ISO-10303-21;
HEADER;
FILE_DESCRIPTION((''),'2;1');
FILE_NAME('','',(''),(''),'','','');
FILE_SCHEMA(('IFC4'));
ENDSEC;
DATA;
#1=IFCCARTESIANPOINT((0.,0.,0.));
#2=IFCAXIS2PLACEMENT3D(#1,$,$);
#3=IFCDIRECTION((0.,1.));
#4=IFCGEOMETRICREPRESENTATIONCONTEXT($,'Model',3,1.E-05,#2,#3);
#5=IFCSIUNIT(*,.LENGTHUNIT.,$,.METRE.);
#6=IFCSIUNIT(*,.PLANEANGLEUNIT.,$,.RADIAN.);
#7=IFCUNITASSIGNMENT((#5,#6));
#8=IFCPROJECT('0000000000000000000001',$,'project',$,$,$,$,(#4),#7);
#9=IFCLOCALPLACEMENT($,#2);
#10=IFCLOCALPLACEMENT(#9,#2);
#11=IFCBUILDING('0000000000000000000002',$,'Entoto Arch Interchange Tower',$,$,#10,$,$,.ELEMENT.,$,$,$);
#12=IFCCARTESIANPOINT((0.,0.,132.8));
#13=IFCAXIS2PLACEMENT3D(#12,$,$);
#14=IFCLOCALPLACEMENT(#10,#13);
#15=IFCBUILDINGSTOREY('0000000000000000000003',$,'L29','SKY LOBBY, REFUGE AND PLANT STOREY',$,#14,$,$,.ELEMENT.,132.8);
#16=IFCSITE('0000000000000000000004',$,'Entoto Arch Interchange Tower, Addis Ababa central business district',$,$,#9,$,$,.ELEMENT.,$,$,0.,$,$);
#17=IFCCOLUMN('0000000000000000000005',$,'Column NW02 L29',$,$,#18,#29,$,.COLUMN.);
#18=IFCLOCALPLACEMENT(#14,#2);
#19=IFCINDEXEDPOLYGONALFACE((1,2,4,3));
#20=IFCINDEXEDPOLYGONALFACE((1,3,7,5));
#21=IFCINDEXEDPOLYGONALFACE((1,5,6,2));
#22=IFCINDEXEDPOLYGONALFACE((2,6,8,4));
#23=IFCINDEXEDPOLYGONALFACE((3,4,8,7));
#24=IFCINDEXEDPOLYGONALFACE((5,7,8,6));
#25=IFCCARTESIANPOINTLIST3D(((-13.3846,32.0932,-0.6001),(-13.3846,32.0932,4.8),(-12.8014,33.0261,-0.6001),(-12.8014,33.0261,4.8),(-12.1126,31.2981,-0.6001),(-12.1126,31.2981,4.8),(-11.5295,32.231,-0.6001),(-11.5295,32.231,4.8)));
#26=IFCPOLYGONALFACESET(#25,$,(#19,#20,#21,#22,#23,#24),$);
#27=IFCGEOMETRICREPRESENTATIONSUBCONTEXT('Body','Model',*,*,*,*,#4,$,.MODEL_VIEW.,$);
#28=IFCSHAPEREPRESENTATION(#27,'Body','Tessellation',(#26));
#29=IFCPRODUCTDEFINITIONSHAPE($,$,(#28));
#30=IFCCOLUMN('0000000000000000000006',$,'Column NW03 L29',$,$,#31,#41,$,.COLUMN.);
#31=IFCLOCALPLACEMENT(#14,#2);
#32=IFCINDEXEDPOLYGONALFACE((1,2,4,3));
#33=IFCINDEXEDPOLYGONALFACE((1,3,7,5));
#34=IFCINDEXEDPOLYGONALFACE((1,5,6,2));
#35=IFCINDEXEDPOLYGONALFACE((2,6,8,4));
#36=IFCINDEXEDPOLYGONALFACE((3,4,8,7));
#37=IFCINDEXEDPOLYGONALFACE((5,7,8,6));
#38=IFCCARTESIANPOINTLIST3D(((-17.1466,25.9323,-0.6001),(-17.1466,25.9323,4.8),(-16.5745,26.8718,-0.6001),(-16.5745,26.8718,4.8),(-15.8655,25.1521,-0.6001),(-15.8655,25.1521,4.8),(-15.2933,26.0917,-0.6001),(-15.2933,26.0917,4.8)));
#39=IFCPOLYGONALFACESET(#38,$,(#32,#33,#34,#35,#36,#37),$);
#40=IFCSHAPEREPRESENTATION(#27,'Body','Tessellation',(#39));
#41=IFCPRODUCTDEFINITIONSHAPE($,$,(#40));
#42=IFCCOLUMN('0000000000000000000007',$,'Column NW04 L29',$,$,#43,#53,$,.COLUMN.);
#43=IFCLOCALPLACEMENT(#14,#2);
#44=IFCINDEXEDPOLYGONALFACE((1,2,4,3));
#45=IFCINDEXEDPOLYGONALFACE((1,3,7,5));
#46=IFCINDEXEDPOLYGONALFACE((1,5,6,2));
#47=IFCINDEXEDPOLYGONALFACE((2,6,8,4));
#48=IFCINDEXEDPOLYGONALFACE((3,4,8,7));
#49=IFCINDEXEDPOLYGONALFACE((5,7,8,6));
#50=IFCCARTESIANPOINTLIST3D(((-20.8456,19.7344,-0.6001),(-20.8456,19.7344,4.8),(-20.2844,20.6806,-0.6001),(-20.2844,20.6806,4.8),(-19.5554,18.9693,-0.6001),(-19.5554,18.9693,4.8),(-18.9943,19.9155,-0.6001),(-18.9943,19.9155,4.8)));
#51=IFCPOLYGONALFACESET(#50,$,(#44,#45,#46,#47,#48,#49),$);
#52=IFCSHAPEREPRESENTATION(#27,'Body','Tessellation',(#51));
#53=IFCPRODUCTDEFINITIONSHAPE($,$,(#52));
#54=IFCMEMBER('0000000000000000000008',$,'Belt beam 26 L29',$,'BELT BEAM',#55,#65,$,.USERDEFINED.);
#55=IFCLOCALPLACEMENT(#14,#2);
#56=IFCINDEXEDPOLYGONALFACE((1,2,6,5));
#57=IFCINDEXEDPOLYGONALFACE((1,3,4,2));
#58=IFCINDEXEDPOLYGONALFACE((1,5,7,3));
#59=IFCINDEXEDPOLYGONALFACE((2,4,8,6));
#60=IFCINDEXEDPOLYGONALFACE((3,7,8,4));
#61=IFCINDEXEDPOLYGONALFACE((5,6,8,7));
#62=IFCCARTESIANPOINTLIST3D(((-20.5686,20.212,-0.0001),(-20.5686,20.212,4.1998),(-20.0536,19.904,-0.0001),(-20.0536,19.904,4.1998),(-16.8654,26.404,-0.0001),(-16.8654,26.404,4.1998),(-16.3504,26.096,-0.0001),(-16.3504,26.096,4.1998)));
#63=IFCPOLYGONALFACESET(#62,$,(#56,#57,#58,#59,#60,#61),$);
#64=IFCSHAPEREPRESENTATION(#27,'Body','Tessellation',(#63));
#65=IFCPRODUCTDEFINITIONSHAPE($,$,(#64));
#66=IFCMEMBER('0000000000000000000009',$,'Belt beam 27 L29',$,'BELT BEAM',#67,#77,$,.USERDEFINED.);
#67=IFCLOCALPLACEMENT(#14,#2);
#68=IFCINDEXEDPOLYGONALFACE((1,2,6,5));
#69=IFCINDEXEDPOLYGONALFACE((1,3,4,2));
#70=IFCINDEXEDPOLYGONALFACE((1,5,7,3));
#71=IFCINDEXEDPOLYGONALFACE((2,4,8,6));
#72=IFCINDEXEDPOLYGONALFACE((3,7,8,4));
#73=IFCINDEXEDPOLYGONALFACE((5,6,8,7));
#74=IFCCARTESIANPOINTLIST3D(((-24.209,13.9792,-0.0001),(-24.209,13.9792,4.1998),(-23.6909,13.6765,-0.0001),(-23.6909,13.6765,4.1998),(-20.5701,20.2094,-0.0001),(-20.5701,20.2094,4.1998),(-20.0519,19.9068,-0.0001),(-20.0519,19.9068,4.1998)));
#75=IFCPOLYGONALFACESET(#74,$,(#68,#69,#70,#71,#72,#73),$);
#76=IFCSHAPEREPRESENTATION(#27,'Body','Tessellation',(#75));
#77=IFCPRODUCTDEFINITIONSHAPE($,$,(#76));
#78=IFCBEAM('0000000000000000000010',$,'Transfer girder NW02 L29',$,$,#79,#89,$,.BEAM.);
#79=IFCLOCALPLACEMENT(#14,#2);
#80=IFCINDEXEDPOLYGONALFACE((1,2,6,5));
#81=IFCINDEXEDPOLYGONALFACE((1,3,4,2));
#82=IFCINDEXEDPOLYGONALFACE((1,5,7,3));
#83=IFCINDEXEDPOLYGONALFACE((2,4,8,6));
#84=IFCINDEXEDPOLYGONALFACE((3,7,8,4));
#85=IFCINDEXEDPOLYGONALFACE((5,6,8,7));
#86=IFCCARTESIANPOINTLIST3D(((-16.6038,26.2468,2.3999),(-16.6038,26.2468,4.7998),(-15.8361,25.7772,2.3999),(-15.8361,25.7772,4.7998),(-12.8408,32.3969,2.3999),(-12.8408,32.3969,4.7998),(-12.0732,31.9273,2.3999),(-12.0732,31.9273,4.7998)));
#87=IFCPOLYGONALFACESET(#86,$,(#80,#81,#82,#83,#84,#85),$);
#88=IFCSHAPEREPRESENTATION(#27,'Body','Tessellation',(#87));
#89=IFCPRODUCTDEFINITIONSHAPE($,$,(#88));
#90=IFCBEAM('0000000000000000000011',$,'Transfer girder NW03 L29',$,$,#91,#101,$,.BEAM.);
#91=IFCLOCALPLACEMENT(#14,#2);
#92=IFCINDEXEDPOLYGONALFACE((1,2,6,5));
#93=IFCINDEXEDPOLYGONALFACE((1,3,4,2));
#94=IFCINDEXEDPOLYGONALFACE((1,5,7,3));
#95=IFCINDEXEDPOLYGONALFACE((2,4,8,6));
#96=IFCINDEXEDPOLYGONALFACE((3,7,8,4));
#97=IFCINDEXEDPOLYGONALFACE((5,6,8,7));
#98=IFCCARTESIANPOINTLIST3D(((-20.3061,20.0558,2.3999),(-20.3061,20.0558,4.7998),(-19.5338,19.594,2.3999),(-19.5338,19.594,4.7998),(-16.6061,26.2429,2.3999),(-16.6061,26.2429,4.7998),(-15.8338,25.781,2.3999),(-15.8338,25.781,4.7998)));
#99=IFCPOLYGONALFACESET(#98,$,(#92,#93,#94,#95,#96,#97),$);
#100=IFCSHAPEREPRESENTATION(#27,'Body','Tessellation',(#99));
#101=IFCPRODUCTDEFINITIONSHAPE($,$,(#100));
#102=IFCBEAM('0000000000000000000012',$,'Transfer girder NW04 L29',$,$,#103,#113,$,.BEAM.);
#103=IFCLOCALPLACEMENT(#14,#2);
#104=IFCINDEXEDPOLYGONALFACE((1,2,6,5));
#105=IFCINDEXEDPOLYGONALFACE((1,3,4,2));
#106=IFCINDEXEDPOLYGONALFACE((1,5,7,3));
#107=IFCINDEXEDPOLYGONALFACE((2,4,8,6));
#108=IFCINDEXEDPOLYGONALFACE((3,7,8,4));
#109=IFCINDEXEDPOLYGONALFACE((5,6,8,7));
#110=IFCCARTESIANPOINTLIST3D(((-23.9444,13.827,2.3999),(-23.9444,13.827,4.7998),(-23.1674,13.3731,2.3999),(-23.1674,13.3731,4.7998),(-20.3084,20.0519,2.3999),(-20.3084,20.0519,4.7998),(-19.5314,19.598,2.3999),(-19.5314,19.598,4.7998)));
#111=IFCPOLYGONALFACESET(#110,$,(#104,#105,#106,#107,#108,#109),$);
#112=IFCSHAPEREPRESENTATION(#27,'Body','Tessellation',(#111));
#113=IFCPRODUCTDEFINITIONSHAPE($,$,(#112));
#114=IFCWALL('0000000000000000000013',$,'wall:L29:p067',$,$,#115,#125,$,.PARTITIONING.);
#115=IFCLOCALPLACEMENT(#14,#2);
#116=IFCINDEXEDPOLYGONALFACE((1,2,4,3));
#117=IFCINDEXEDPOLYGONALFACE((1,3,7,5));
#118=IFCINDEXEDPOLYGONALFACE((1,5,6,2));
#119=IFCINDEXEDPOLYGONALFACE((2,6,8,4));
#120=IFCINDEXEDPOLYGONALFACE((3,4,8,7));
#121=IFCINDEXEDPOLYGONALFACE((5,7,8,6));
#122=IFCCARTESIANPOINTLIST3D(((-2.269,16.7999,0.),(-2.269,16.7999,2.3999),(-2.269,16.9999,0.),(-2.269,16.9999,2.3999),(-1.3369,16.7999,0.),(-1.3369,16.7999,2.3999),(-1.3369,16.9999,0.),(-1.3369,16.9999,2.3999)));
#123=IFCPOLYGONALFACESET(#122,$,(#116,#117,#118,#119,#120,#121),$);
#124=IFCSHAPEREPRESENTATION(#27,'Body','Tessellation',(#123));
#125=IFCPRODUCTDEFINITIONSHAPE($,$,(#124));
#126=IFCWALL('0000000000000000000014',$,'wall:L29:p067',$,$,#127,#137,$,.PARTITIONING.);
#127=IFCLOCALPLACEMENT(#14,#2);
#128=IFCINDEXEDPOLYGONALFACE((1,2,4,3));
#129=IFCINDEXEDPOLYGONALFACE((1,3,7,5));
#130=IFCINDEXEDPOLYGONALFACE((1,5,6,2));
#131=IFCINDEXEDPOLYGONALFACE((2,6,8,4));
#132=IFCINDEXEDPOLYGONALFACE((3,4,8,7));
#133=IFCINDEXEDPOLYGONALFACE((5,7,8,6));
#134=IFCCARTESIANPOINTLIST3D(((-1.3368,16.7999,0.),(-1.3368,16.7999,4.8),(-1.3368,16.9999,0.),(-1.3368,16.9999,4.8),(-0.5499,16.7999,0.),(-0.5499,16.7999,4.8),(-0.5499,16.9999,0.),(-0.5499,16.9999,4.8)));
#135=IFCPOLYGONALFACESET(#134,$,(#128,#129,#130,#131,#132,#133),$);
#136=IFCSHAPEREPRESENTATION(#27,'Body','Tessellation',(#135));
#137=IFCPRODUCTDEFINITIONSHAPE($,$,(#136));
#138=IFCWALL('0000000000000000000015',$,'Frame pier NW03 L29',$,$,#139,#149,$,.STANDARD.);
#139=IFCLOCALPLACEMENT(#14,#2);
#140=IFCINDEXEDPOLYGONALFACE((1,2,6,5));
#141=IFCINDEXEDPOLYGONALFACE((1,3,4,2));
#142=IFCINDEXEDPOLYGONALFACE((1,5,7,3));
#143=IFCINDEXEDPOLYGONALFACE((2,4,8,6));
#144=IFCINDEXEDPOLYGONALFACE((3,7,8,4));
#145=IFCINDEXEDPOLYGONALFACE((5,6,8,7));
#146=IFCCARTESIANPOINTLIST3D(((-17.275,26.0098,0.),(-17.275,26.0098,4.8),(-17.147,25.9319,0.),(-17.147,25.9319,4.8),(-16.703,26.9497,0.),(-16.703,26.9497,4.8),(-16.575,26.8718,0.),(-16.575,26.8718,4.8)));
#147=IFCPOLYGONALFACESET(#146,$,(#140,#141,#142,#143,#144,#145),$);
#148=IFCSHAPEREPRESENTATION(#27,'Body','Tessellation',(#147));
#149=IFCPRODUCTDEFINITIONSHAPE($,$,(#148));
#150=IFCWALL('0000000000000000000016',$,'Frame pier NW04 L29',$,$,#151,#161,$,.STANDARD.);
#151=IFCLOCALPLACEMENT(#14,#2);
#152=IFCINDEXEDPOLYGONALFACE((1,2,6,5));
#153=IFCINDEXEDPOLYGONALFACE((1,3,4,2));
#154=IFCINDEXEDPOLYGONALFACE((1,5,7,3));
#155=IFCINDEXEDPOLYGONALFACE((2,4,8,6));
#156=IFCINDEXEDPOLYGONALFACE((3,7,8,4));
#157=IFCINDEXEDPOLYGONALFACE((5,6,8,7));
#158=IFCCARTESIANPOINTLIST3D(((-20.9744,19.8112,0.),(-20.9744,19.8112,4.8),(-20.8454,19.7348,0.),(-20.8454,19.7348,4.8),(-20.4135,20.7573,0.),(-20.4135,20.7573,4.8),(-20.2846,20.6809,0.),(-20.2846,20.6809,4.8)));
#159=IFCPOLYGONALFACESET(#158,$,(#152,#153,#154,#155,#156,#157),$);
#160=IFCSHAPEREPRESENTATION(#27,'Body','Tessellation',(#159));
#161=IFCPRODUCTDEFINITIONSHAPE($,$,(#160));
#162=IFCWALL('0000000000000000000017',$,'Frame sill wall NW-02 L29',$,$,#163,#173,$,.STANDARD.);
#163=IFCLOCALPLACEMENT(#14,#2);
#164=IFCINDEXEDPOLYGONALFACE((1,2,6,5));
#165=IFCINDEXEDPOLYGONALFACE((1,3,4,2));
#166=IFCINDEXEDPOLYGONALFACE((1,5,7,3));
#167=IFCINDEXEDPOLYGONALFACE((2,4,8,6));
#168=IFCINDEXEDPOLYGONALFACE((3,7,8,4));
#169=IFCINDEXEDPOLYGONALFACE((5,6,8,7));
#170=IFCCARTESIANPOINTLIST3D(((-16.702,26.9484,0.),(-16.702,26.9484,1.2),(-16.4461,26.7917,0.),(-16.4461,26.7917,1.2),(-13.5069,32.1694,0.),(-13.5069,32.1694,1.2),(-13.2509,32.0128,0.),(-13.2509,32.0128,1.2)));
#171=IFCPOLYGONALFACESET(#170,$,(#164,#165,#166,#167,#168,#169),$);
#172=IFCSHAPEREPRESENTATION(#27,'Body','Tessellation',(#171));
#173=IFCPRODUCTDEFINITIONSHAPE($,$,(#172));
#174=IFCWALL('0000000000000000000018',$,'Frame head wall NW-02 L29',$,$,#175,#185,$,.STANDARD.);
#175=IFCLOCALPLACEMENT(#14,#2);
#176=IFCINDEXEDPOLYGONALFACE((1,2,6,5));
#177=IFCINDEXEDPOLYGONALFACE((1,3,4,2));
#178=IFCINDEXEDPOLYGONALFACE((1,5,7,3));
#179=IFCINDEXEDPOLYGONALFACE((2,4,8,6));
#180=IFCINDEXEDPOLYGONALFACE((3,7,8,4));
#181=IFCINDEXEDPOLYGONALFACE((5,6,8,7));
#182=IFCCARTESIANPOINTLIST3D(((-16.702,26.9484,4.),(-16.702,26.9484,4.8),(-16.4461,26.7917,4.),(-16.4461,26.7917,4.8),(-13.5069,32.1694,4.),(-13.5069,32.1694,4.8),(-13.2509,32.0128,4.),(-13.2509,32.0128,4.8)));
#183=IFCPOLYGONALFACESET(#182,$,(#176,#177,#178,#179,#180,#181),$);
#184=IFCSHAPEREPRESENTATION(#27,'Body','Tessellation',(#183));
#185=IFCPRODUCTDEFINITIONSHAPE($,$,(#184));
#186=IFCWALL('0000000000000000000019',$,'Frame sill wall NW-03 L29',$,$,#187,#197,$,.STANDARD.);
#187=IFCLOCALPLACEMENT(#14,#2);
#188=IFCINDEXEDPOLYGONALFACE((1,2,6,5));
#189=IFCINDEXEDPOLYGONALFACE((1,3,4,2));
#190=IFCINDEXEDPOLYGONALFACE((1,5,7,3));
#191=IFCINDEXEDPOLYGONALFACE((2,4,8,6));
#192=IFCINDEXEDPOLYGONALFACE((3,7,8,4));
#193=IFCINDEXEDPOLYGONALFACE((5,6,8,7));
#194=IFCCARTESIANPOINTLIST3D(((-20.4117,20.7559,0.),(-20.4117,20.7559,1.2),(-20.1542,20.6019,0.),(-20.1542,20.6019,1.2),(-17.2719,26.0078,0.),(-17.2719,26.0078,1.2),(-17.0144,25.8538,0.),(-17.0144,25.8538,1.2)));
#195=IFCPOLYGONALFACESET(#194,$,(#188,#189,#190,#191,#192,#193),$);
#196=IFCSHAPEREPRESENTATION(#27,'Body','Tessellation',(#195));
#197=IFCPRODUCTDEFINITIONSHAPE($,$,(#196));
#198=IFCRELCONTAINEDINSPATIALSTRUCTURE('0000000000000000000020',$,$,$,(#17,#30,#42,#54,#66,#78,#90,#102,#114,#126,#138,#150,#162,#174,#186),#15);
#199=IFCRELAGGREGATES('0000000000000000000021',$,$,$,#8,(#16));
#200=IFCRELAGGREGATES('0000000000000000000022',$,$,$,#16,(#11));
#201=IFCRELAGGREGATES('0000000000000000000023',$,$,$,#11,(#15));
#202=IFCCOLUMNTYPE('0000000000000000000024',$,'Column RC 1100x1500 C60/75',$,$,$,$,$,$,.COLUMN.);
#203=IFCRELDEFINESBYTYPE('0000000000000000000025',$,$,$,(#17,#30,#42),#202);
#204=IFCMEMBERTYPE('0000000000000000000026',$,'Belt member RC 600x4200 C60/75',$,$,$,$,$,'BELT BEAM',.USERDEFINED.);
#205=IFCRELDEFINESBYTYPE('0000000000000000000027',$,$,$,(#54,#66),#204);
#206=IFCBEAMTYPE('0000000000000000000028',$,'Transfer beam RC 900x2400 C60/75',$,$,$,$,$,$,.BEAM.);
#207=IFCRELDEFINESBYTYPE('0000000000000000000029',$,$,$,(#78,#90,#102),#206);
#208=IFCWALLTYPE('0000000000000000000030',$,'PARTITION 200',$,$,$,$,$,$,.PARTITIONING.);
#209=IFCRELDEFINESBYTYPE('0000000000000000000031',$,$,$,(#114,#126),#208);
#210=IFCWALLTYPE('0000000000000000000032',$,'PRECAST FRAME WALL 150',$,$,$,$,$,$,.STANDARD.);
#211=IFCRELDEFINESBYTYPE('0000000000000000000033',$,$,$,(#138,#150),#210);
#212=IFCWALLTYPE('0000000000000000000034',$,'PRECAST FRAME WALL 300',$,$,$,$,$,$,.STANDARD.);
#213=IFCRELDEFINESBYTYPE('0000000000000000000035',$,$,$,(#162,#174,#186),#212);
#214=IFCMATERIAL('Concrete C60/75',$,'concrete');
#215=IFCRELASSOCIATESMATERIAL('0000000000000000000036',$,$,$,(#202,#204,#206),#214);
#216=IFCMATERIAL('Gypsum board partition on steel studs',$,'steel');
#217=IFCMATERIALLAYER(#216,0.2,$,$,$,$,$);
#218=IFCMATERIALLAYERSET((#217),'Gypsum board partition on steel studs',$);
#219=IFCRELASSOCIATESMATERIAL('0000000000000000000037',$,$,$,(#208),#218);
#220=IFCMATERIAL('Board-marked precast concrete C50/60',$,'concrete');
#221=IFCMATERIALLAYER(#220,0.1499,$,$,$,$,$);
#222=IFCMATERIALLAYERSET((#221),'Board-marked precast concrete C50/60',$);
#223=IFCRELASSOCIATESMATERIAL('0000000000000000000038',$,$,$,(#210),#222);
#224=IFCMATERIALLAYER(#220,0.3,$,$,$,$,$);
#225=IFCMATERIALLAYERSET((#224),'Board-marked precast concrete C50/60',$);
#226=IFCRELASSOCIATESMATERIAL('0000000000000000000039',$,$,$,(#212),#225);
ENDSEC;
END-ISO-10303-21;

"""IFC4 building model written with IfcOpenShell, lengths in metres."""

from ifc_helpers import new_model, si_unit, direction, frame, frame_2d, origin, origin_2d, place, context, subcontext, project, spatial, rectangle, extrude, material, layer, layer_set, material_profile, profile_set, type_object, element, save


model = new_model("IFC4")

# Units and contexts
model_context = context("Model", 3, precision=1e-05, world=origin(), true_north=direction((0.0, 1.0)))
body_context = subcontext(model_context, "Body", "Model", "MODEL_VIEW")
ifc_project = project(units=[si_unit("LENGTHUNIT", "METRE"), si_unit("PLANEANGLEUNIT", "RADIAN")], contexts=[model_context])

# Site, building, storey
site_placement = place(None, origin())
site = spatial("IfcSite", under=ifc_project, at=site_placement, Name="Entoto Arch Interchange Tower, Addis Ababa central business district", CompositionType="ELEMENT", RefElevation=0.0)
building_placement = place(site_placement, origin())
building = spatial("IfcBuilding", under=site, at=building_placement, Name="Entoto Arch Interchange Tower", CompositionType="ELEMENT")
storey_placement = place(building_placement, frame((0.0, 0.0, 132.8)))
storey = spatial("IfcBuildingStorey", under=building, at=storey_placement, Name="L29", Description="SKY LOBBY, REFUGE AND PLANT STOREY", CompositionType="ELEMENT", Elevation=132.8)

# Columns
ifc_material_1 = material(Name="Concrete C60/75", Category="concrete")
ifc_material_profile_1 = material_profile(ifc_material_1, rectangle(XDim=1.1001, YDim=1.5, at=origin_2d()))
ifc_profile_set_1 = profile_set([ifc_material_profile_1], Name="Concrete C60/75")
column_type = type_object("IfcColumnType", Name="Column RC 1100x1500 C60/75", PredefinedType="COLUMN", material=ifc_profile_set_1)
for number, where, z_axis, x_axis, name in (
    (1, (-12.457, 32.1621, -0.6001), (0.0, 0.0, 1.0), (0.530067, 0.847956, 0.0), "Column NW02 L29"),
    (2, (-16.22, 26.012, -0.6001), (0.0, 0.0, 1.0), (0.520116, 0.854096, 0.0), "Column NW03 L29"),
    (3, (-19.9199, 19.825, -0.6001), (0.0, 0.0, 1.0), (0.510093, 0.860119, 0.0), "Column NW04 L29"),
):
    element("IfcColumn", number, at=place(storey_placement, frame(where, z_axis=z_axis, x_axis=x_axis)), inside=storey, type_object=column_type, Name=name, PredefinedType="COLUMN", context=body_context, shape_type="SweptSolid", body=[
        extrude(rectangle(XDim=1.1001, YDim=1.5, at=origin_2d()), origin(), (0.0, 0.0, 1.0), 5.4001),
    ])

# Members
ifc_material_profile_2 = material_profile(ifc_material_1, rectangle(XDim=0.6001, YDim=4.2, at=origin_2d()))
ifc_profile_set_2 = profile_set([ifc_material_profile_2], Name="Concrete C60/75")
member_type = type_object("IfcMemberType", Name="Belt member RC 600x4200 C60/75", ElementType="BELT BEAM", PredefinedType="USERDEFINED", material=ifc_profile_set_2)
member_1_placement = place(storey_placement, frame((-16.6079, 26.25, 2.0999), z_axis=(-0.513271, -0.858227, 0.0), x_axis=(0.858227, -0.513271, 0.0)))
element("IfcMember", 4, at=member_1_placement, inside=storey, type_object=member_type, Name="Belt beam 26 L29", ObjectType="BELT BEAM", PredefinedType="USERDEFINED", context=body_context, shape_type="SweptSolid", body=[
    extrude(rectangle(XDim=0.6001, YDim=4.2, at=origin_2d()), origin(), (0.0, 0.0, 1.0), 7.2148),
])
member_2_placement = place(storey_placement, frame((-20.311, 20.0581, 2.0999), z_axis=(-0.504349, -0.8635, 0.0), x_axis=(0.8635, -0.504349, 0.0)))
element("IfcMember", 5, at=member_2_placement, inside=storey, type_object=member_type, Name="Belt beam 27 L29", ObjectType="BELT BEAM", PredefinedType="USERDEFINED", context=body_context, shape_type="SweptSolid", body=[
    extrude(rectangle(XDim=0.6001, YDim=4.2, at=origin_2d()), origin(), (0.0, 0.0, 1.0), 7.2151),
])

# Beams
ifc_material_profile_3 = material_profile(ifc_material_1, rectangle(XDim=0.8999, YDim=2.3999, at=origin_2d()))
ifc_profile_set_3 = profile_set([ifc_material_profile_3], Name="Concrete C60/75")
beam_type = type_object("IfcBeamType", Name="Transfer beam RC 900x2400 C60/75", PredefinedType="BEAM", material=ifc_profile_set_3)
beam_placement = place(storey_placement, frame((-12.457, 32.1621, 3.5999), z_axis=(-0.521906, -0.853003, 0.0), x_axis=(0.853003, -0.521906, 0.0)))
element("IfcBeam", 6, at=beam_placement, inside=storey, type_object=beam_type, Name="Transfer girder NW02 L29", PredefinedType="BEAM", context=body_context, shape_type="SweptSolid", body=[
    extrude(rectangle(XDim=0.8999, YDim=2.3999, at=origin_2d()), origin(), (0.0, 0.0, 1.0), 7.21),
])
for number, where, z_axis, x_axis, name in (
    (7, (-16.22, 26.012, 3.5999), (-0.513245, -0.858242, 0.0), (0.858242, -0.513245, 0.0), "Transfer girder NW03 L29"),
    (8, (-19.9199, 19.825, 3.5999), (-0.50437, -0.863488, 0.0), (0.863488, -0.50437, 0.0), "Transfer girder NW04 L29"),
):
    element("IfcBeam", number, at=place(storey_placement, frame(where, z_axis=z_axis, x_axis=x_axis)), inside=storey, type_object=beam_type, Name=name, PredefinedType="BEAM", context=body_context, shape_type="SweptSolid", body=[
        extrude(rectangle(XDim=0.8999, YDim=2.3999, at=origin_2d()), origin(), (0.0, 0.0, 1.0), 7.209),
    ])

# Walls
ifc_material_2 = material(Name="Gypsum board partition on steel studs", Category="steel")
ifc_layer_1 = layer(ifc_material_2, 0.2)
ifc_layer_set_1 = layer_set([ifc_layer_1], Name="Gypsum board partition on steel studs")
wall_type_1 = type_object("IfcWallType", Name="PARTITION 200", PredefinedType="PARTITIONING", material=ifc_layer_set_1)
wall_1_placement = place(storey_placement, frame((-2.269, 16.8999, 0.0), z_axis=(0.0, 0.0, 1.0), x_axis=(1.0, 0.0, 0.0)))
element("IfcWall", 9, at=wall_1_placement, inside=storey, type_object=wall_type_1, Name="wall:L29:p067", PredefinedType="PARTITIONING", context=body_context, shape_type="SweptSolid", body=[
    extrude(rectangle(XDim=0.9321, YDim=0.2, at=frame_2d((0.4661, 0.0))), origin(), (0.0, 0.0, 1.0), 2.3999),
])
wall_2_placement = place(storey_placement, frame((-1.3369, 16.8999, 0.0), z_axis=(0.0, 0.0, 1.0), x_axis=(1.0, 0.0, 0.0)))
element("IfcWall", 10, at=wall_2_placement, inside=storey, type_object=wall_type_1, Name="wall:L29:p067", PredefinedType="PARTITIONING", context=body_context, shape_type="SweptSolid", body=[
    extrude(rectangle(XDim=0.7869, YDim=0.2, at=frame_2d((0.3936, 0.0))), origin(), (0.0, 0.0, 1.0), 4.8),
])
ifc_material_3 = material(Name="Board-marked precast concrete C50/60", Category="concrete")
ifc_layer_2 = layer(ifc_material_3, 0.1499)
ifc_layer_set_2 = layer_set([ifc_layer_2], Name="Board-marked precast concrete C50/60")
wall_type_2 = type_object("IfcWallType", Name="PRECAST FRAME WALL 150", PredefinedType="STANDARD", material=ifc_layer_set_2)
wall_3_placement = place(storey_placement, frame((-16.6389, 26.9109, 0.0), z_axis=(0.0, 0.0, 1.0), x_axis=(-0.51987, -0.854246, 0.0)))
element("IfcWall", 11, at=wall_3_placement, inside=storey, type_object=wall_type_2, Name="Frame pier NW03 L29", PredefinedType="STANDARD", context=body_context, shape_type="SweptSolid", body=[
    extrude(rectangle(XDim=1.1003, YDim=0.1499, at=frame_2d((0.5503, 0.0))), origin(), (0.0, 0.0, 1.0), 4.8),
])
wall_4_placement = place(storey_placement, frame((-20.3491, 20.719, 0.0), z_axis=(0.0, 0.0, 1.0), x_axis=(-0.509918, -0.860223, 0.0)))
element("IfcWall", 12, at=wall_4_placement, inside=storey, type_object=wall_type_2, Name="Frame pier NW04 L29", PredefinedType="STANDARD", context=body_context, shape_type="SweptSolid", body=[
    extrude(rectangle(XDim=1.0999, YDim=0.1499, at=frame_2d((0.5498, 0.0))), origin(), (0.0, 0.0, 1.0), 4.8),
])
ifc_layer_3 = layer(ifc_material_3, 0.3)
ifc_layer_set_3 = layer_set([ifc_layer_3], Name="Board-marked precast concrete C50/60")
wall_type_3 = type_object("IfcWallType", Name="PRECAST FRAME WALL 300", PredefinedType="STANDARD", material=ifc_layer_set_3)
wall_5_placement = place(storey_placement, frame((-13.3789, 32.0911, 0.0), z_axis=(0.0, 0.0, 1.0), x_axis=(-0.521984, -0.852955, 0.0)))
element("IfcWall", 13, at=wall_5_placement, inside=storey, type_object=wall_type_3, Name="Frame sill wall NW-02 L29", PredefinedType="STANDARD", context=body_context, shape_type="SweptSolid", body=[
    extrude(rectangle(XDim=6.1211, YDim=0.3, at=frame_2d((3.0605, 0.0))), origin(), (0.0, 0.0, 1.0), 1.2),
])
wall_6_placement = place(storey_placement, frame((-13.3789, 32.0911, 4.0), z_axis=(0.0, 0.0, 1.0), x_axis=(-0.521984, -0.852955, 0.0)))
element("IfcWall", 14, at=wall_6_placement, inside=storey, type_object=wall_type_3, Name="Frame head wall NW-02 L29", PredefinedType="STANDARD", context=body_context, shape_type="SweptSolid", body=[
    extrude(rectangle(XDim=6.1211, YDim=0.3, at=frame_2d((3.0605, 0.0))), origin(), (0.0, 0.0, 1.0), 0.8),
])
wall_7_placement = place(storey_placement, frame((-17.1431, 25.9309, 0.0), z_axis=(0.0, 0.0, 1.0), x_axis=(-0.51314, -0.858305, 0.0)))
element("IfcWall", 15, at=wall_7_placement, inside=storey, type_object=wall_type_3, Name="Frame sill wall NW-03 L29", PredefinedType="STANDARD", context=body_context, shape_type="SweptSolid", body=[
    extrude(rectangle(XDim=6.1189, YDim=0.3, at=frame_2d((3.0596, 0.0))), origin(), (0.0, 0.0, 1.0), 1.2),
])

save(model, "model.ifc")
